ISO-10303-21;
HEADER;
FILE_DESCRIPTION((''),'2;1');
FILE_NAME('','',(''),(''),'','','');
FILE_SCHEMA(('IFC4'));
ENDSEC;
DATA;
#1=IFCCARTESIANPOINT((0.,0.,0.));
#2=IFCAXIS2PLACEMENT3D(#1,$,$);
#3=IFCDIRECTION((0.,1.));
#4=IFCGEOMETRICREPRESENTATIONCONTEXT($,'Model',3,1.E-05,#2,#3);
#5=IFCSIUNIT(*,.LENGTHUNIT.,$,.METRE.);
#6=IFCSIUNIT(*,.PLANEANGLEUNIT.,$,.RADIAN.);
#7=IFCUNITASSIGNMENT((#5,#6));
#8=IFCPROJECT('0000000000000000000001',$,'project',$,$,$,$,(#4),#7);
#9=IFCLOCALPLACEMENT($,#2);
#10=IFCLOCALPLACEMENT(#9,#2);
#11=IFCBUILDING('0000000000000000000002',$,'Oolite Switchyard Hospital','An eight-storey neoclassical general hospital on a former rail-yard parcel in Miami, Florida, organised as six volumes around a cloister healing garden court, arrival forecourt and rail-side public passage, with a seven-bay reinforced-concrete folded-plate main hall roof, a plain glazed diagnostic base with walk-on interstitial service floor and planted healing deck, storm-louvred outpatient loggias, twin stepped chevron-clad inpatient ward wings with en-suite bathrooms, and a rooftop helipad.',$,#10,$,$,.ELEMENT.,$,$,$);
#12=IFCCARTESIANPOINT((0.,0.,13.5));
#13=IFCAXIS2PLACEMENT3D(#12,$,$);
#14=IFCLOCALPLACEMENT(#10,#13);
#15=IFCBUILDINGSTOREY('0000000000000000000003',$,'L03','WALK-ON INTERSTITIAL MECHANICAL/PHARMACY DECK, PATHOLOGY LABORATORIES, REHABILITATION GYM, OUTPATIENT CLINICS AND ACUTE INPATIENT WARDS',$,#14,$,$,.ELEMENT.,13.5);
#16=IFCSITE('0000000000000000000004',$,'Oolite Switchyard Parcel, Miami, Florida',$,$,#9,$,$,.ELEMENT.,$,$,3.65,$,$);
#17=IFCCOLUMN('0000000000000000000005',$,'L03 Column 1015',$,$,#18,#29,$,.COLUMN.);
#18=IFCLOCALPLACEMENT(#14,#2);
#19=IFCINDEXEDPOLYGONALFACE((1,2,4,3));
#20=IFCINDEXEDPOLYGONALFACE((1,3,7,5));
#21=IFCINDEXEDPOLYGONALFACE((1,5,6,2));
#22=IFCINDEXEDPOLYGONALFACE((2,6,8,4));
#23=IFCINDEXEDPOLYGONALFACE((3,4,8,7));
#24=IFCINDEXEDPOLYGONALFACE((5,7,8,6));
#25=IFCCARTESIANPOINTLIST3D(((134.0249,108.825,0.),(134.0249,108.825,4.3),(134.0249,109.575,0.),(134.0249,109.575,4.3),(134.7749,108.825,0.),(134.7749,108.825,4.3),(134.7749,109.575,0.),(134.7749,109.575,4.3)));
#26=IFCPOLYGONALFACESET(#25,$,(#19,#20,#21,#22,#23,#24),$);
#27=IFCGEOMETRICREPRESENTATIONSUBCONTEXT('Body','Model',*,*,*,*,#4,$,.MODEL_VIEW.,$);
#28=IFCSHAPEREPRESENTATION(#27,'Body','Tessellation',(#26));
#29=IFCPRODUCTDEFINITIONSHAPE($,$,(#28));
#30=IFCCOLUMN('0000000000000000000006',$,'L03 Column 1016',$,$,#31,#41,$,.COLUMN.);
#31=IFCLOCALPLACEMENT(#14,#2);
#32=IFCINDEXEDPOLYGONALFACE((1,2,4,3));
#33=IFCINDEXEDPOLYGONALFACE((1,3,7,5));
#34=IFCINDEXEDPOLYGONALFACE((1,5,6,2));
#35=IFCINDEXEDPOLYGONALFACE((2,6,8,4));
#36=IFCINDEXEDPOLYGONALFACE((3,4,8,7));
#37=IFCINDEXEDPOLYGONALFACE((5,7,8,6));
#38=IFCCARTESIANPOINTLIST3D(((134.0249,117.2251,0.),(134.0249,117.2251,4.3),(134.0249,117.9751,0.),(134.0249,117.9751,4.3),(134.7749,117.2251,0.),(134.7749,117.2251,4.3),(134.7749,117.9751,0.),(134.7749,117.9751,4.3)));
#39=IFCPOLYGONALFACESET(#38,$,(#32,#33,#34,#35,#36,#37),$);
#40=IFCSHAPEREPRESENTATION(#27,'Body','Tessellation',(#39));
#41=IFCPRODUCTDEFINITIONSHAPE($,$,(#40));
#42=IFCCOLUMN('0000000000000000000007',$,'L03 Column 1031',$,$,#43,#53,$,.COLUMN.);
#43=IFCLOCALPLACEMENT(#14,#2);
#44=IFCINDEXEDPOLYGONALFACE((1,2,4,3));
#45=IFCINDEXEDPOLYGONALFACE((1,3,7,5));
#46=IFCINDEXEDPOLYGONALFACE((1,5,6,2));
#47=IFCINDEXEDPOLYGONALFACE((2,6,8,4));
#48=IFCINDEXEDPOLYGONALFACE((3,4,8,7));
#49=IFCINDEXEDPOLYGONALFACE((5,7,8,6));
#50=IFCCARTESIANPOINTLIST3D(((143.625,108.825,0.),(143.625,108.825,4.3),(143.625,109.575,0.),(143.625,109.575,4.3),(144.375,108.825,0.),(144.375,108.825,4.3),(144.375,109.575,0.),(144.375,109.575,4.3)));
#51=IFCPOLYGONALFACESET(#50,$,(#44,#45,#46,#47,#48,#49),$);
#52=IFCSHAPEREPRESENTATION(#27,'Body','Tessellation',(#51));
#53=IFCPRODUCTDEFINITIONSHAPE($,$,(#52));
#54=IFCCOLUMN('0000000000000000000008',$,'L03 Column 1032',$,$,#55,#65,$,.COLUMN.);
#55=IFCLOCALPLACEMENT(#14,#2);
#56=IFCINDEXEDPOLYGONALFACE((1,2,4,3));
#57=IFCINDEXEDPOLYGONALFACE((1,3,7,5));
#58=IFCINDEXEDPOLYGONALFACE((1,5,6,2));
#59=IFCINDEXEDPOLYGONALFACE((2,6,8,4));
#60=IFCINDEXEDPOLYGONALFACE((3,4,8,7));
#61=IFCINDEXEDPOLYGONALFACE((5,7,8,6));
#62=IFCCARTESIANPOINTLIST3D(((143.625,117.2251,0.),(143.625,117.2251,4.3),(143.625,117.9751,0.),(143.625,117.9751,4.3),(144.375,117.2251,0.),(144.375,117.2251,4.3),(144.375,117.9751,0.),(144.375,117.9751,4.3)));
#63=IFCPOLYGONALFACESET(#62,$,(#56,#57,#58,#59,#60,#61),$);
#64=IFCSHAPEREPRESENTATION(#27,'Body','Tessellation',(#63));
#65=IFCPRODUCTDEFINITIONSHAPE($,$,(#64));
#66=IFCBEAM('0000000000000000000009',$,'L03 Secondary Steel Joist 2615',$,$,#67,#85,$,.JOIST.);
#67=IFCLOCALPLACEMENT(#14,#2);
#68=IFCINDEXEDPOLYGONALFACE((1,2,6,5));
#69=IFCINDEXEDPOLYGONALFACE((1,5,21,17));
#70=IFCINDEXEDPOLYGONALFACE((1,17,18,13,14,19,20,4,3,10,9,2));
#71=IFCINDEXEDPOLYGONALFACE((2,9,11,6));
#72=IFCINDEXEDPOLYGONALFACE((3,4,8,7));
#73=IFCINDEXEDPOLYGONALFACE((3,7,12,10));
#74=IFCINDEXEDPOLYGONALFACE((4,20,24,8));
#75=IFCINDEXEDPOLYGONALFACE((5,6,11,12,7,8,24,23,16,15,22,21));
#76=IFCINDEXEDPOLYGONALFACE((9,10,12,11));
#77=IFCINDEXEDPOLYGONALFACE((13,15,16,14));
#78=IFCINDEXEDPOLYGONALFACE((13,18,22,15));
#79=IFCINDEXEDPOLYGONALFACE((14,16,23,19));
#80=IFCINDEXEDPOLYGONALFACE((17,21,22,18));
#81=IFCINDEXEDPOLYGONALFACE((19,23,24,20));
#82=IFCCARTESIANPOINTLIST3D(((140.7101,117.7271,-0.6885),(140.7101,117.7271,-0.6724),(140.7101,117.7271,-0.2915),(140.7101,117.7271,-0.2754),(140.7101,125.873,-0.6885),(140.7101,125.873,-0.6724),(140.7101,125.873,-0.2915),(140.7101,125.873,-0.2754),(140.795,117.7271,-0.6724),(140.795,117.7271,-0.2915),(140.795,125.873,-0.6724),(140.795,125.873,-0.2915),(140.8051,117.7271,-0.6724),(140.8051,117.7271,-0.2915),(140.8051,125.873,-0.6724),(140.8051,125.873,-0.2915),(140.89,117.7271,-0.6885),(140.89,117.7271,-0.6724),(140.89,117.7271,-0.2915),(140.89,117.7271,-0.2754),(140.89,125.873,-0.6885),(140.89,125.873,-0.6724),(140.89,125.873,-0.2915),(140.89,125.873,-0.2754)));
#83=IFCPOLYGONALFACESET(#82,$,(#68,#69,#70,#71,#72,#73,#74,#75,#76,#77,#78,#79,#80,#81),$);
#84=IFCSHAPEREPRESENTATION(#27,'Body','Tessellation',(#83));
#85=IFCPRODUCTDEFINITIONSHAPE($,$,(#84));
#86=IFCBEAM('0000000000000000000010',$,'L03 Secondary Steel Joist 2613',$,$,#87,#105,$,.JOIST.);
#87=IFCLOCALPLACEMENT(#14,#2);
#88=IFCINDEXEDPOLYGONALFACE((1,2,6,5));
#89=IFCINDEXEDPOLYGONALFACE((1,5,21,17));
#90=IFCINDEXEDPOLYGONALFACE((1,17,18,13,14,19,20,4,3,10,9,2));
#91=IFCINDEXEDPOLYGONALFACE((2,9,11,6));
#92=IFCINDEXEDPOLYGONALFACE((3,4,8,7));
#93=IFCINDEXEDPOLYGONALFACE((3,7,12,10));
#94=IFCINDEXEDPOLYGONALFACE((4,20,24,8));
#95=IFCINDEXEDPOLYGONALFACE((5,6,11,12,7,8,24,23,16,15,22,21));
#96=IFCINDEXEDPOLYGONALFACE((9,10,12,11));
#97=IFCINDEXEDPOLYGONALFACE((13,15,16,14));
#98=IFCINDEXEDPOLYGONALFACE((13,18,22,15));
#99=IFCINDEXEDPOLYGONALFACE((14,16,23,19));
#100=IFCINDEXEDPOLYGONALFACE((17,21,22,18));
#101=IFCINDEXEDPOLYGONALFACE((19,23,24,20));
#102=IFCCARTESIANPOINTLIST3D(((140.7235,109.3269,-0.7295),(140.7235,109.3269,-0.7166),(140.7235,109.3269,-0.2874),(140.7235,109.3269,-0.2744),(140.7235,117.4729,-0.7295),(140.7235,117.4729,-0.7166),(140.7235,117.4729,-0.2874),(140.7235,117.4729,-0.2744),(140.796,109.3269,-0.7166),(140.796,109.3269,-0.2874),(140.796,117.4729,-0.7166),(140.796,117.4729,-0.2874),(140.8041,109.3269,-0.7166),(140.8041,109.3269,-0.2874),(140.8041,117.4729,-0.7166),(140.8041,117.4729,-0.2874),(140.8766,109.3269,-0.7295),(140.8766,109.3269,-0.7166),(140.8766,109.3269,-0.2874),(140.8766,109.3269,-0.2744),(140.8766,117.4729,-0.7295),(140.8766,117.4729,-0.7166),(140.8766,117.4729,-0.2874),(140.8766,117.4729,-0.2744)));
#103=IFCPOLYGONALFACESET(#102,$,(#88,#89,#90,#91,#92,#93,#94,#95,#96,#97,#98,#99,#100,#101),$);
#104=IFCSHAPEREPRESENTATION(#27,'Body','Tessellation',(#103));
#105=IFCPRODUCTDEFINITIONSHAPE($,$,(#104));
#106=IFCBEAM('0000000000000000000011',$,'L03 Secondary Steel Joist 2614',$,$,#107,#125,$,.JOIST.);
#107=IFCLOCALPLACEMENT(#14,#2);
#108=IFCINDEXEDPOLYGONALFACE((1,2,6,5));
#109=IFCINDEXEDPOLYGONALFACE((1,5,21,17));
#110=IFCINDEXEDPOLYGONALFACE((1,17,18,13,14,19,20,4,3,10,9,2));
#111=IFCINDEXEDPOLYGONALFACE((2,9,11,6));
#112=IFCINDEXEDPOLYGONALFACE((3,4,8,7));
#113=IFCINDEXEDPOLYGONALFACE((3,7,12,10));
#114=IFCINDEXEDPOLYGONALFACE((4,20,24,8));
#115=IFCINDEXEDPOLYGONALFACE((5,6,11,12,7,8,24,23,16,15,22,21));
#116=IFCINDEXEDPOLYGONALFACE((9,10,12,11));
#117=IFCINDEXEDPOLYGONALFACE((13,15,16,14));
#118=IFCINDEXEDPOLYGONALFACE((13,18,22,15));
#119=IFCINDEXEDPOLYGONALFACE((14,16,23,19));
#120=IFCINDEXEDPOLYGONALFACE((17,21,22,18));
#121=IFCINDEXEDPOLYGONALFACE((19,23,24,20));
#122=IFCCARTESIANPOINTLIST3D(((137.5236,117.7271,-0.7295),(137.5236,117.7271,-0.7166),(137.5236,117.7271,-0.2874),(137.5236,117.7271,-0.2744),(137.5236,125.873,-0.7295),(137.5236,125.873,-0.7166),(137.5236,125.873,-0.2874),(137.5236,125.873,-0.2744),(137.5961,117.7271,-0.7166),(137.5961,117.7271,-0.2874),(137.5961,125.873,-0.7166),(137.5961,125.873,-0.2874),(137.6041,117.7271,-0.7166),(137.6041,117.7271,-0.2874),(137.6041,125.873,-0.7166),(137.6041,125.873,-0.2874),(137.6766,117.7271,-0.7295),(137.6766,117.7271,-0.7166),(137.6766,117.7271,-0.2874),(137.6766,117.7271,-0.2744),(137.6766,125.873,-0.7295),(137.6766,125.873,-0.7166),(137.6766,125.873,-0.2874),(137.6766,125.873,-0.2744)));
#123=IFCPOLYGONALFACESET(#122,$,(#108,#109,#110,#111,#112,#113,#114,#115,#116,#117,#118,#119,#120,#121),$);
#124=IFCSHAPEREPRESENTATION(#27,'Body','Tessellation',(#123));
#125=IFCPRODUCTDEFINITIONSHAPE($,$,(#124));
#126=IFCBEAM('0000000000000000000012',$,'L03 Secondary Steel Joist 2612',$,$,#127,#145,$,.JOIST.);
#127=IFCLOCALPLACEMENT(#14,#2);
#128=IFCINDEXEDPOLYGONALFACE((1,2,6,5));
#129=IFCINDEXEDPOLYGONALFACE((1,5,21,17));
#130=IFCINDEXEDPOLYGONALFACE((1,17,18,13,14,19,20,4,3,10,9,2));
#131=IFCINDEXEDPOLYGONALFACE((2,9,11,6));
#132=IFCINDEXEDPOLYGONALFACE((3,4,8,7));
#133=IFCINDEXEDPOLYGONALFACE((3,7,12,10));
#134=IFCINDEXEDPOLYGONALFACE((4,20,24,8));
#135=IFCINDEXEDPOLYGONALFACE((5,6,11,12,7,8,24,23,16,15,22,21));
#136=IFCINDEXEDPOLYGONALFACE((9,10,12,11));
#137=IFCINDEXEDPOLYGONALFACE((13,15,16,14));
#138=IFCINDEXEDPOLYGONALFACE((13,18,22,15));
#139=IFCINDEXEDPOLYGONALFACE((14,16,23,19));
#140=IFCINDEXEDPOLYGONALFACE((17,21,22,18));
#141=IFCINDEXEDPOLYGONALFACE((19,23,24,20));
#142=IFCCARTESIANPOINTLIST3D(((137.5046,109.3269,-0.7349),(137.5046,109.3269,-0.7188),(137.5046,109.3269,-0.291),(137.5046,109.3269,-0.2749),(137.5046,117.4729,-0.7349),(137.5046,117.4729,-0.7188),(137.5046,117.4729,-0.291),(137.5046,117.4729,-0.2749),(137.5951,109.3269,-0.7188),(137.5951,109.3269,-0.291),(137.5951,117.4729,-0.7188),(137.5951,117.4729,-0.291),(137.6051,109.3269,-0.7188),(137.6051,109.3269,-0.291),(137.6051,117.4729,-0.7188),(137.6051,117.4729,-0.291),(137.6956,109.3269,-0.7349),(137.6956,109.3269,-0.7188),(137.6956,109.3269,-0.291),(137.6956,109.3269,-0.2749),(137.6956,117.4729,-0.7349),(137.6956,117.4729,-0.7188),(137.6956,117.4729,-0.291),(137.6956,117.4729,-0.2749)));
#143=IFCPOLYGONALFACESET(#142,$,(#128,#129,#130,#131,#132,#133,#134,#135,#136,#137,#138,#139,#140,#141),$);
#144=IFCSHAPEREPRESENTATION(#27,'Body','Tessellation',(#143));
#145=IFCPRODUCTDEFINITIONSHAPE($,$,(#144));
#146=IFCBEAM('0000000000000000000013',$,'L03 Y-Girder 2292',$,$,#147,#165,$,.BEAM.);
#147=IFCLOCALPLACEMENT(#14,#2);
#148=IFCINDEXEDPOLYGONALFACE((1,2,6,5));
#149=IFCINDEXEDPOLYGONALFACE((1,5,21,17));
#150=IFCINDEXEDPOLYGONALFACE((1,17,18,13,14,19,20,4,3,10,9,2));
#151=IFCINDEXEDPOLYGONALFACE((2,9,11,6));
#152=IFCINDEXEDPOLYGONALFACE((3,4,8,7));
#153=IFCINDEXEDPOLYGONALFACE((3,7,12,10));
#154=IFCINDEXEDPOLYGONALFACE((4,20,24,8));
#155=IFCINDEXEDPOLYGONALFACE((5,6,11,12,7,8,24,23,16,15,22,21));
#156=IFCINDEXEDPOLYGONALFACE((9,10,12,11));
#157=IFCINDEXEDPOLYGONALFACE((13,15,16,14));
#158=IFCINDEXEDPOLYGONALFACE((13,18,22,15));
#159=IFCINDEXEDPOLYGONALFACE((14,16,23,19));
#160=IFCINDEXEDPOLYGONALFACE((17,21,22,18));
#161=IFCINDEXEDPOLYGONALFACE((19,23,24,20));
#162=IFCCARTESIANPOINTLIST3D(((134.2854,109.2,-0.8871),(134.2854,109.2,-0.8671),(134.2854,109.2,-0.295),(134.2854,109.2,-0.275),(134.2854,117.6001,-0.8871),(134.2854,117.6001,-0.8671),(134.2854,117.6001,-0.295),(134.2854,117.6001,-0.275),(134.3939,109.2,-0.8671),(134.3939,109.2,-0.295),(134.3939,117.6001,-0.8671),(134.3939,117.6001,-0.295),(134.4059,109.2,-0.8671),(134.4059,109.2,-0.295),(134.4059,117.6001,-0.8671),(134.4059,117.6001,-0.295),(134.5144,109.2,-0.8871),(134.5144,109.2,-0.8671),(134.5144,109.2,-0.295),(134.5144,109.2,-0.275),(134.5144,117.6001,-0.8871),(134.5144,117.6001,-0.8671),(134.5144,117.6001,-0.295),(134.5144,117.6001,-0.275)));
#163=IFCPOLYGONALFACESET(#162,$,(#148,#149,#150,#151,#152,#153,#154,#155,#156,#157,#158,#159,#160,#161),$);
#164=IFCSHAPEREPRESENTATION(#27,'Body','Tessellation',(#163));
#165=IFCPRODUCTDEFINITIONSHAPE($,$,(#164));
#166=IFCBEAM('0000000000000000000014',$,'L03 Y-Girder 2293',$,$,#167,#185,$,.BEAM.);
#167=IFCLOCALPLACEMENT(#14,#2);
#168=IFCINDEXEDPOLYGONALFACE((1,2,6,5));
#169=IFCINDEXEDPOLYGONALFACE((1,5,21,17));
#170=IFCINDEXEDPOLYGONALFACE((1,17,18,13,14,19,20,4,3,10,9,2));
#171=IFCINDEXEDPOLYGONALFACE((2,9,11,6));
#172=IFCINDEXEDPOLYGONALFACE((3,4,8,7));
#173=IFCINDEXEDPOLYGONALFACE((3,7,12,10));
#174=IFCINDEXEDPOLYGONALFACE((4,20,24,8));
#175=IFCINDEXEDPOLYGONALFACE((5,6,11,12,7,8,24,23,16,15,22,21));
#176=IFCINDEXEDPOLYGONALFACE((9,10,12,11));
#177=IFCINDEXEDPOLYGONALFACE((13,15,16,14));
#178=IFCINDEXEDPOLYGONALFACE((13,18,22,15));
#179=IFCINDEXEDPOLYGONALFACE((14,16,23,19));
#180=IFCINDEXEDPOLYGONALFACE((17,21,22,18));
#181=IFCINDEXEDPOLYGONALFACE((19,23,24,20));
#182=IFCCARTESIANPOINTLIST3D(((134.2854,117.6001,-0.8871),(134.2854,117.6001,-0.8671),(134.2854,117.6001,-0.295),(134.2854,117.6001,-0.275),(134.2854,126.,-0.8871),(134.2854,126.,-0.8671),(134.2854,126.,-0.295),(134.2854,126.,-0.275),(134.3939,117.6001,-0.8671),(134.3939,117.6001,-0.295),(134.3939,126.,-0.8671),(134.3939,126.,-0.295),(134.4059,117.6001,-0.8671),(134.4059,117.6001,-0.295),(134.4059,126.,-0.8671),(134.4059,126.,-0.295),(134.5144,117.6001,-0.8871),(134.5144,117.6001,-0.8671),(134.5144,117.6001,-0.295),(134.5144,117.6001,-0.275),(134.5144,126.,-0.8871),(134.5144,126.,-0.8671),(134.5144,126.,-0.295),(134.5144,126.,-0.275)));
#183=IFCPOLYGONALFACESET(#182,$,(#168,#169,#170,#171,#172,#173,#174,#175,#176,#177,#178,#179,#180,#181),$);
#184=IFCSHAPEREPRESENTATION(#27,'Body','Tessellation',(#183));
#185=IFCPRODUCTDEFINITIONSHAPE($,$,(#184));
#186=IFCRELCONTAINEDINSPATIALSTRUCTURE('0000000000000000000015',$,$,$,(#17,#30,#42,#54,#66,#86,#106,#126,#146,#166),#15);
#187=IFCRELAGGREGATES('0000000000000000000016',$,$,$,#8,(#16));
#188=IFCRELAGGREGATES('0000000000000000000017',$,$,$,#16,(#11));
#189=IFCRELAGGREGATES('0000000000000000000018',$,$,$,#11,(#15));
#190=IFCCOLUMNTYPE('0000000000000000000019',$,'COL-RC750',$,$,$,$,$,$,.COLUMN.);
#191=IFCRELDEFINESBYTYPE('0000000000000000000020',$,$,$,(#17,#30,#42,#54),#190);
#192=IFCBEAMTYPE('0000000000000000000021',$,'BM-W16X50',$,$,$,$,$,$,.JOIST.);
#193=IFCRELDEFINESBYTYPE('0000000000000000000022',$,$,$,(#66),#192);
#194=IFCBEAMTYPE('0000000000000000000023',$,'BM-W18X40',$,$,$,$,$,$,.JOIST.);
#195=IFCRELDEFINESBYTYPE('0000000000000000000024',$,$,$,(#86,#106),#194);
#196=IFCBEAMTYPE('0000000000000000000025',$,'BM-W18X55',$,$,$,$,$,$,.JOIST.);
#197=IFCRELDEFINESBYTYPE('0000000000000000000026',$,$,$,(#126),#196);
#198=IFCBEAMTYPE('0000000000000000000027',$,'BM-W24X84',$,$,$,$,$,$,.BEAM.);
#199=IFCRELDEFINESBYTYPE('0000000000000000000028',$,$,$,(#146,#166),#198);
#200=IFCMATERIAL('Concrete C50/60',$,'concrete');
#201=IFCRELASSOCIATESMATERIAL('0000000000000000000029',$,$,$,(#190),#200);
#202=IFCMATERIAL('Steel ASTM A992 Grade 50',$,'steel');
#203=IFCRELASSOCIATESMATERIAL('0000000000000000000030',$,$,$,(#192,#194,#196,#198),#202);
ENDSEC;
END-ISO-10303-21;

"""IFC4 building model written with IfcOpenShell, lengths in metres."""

from ifc_helpers import new_model, si_unit, direction, frame, origin, origin_2d, place, context, subcontext, project, spatial, rectangle, i_section, extrude, material, material_profile, profile_set, type_object, element, save


model = new_model("IFC4")

# Units and contexts
model_context = context("Model", 3, precision=1e-05, world=origin(), true_north=direction((0.0, 1.0)))
body_context = subcontext(model_context, "Body", "Model", "MODEL_VIEW")
ifc_project = project(units=[si_unit("LENGTHUNIT", "METRE"), si_unit("PLANEANGLEUNIT", "RADIAN")], contexts=[model_context])

# Site, building, storey
site_placement = place(None, origin())
site = spatial("IfcSite", under=ifc_project, at=site_placement, Name="Oolite Switchyard Parcel, Miami, Florida", CompositionType="ELEMENT", RefElevation=3.65)
building_placement = place(site_placement, origin())
building = spatial("IfcBuilding", under=site, at=building_placement, Name="Oolite Switchyard Hospital", Description="An eight-storey neoclassical general hospital on a former rail-yard parcel in Miami, Florida, organised as six volumes around a cloister healing garden court, arrival forecourt and rail-side public passage, with a seven-bay reinforced-concrete folded-plate main hall roof, a plain glazed diagnostic base with walk-on interstitial service floor and planted healing deck, storm-louvred outpatient loggias, twin stepped chevron-clad inpatient ward wings with en-suite bathrooms, and a rooftop helipad.", CompositionType="ELEMENT")
storey_placement = place(building_placement, frame((0.0, 0.0, 13.5)))
storey = spatial("IfcBuildingStorey", under=building, at=storey_placement, Name="L03", Description="WALK-ON INTERSTITIAL MECHANICAL/PHARMACY DECK, PATHOLOGY LABORATORIES, REHABILITATION GYM, OUTPATIENT CLINICS AND ACUTE INPATIENT WARDS", CompositionType="ELEMENT", Elevation=13.5)

# Columns
ifc_material_1 = material(Name="Concrete C50/60", Category="concrete")
ifc_material_profile_1 = material_profile(ifc_material_1, rectangle(XDim=0.75, YDim=0.75, at=origin_2d()), Name="RC750X750")
ifc_profile_set_1 = profile_set([ifc_material_profile_1], Name="Concrete C50/60")
column_type = type_object("IfcColumnType", Name="COL-RC750", PredefinedType="COLUMN", material=ifc_profile_set_1)
for number, where, z_axis, x_axis, name in (
    (1, (134.3999, 109.2, 0.0), (0.0, 0.0, 1.0), (1.0, 0.0, 0.0), "L03 Column 1015"),
    (2, (134.3999, 117.6001, 0.0), (0.0, 0.0, 1.0), (1.0, 0.0, 0.0), "L03 Column 1016"),
    (3, (144.0, 109.2, 0.0), (0.0, 0.0, 1.0), (1.0, 0.0, 0.0), "L03 Column 1031"),
    (4, (144.0, 117.6001, 0.0), (0.0, 0.0, 1.0), (1.0, 0.0, 0.0), "L03 Column 1032"),
):
    element("IfcColumn", number, at=place(storey_placement, frame(where, z_axis=z_axis, x_axis=x_axis)), inside=storey, type_object=column_type, Name=name, PredefinedType="COLUMN", context=body_context, shape_type="SweptSolid", body=[
        extrude(rectangle(XDim=0.75, YDim=0.75, at=origin_2d()), origin(), (0.0, 0.0, 1.0), 4.3),
    ])

# Beams
ifc_material_2 = material(Name="Steel ASTM A992 Grade 50", Category="steel")
ifc_material_profile_2 = material_profile(ifc_material_2, i_section(OverallWidth=0.1799, OverallDepth=0.4131, WebThickness=0.01, FlangeThickness=0.0161, at=origin_2d()), Name="W16X50")
ifc_profile_set_2 = profile_set([ifc_material_profile_2], Name="Steel ASTM A992 Grade 50")
beam_type_1 = type_object("IfcBeamType", Name="BM-W16X50", PredefinedType="JOIST", material=ifc_profile_set_2)
beam_1_placement = place(storey_placement, frame((140.8, 117.7271, -0.4819), z_axis=(0.0, 1.0, 0.0), x_axis=(-1.0, 0.0, 0.0)))
element("IfcBeam", 5, at=beam_1_placement, inside=storey, type_object=beam_type_1, Name="L03 Secondary Steel Joist 2615", PredefinedType="JOIST", context=body_context, shape_type="SweptSolid", body=[
    extrude(i_section(OverallWidth=0.1799, OverallDepth=0.4131, WebThickness=0.01, FlangeThickness=0.0161, at=origin_2d()), origin(), (0.0, 0.0, 1.0), 8.146),
])
ifc_material_profile_3 = material_profile(ifc_material_2, i_section(OverallWidth=0.1531, OverallDepth=0.4551, WebThickness=0.0081, FlangeThickness=0.0129, at=origin_2d()), Name="W18X40")
ifc_profile_set_3 = profile_set([ifc_material_profile_3], Name="Steel ASTM A992 Grade 50")
beam_type_2 = type_object("IfcBeamType", Name="BM-W18X40", PredefinedType="JOIST", material=ifc_profile_set_3)
for number, where, z_axis, x_axis, name in (
    (6, (140.8, 109.3269, -0.502), (0.0, 1.0, 0.0), (-1.0, 0.0, 0.0), "L03 Secondary Steel Joist 2613"),
    (7, (137.6001, 117.7271, -0.502), (0.0, 1.0, 0.0), (-1.0, 0.0, 0.0), "L03 Secondary Steel Joist 2614"),
):
    element("IfcBeam", number, at=place(storey_placement, frame(where, z_axis=z_axis, x_axis=x_axis)), inside=storey, type_object=beam_type_2, Name=name, PredefinedType="JOIST", context=body_context, shape_type="SweptSolid", body=[
        extrude(i_section(OverallWidth=0.1531, OverallDepth=0.4551, WebThickness=0.0081, FlangeThickness=0.0129, at=origin_2d()), origin(), (0.0, 0.0, 1.0), 8.146),
    ])
ifc_material_profile_4 = material_profile(ifc_material_2, i_section(OverallWidth=0.1909, OverallDepth=0.46, WebThickness=0.01, FlangeThickness=0.0161, at=origin_2d()), Name="W18X55")
ifc_profile_set_4 = profile_set([ifc_material_profile_4], Name="Steel ASTM A992 Grade 50")
beam_type_3 = type_object("IfcBeamType", Name="BM-W18X55", PredefinedType="JOIST", material=ifc_profile_set_4)
beam_2_placement = place(storey_placement, frame((137.6001, 109.3269, -0.5049), z_axis=(0.0, 1.0, 0.0), x_axis=(-1.0, 0.0, 0.0)))
element("IfcBeam", 8, at=beam_2_placement, inside=storey, type_object=beam_type_3, Name="L03 Secondary Steel Joist 2612", PredefinedType="JOIST", context=body_context, shape_type="SweptSolid", body=[
    extrude(i_section(OverallWidth=0.1909, OverallDepth=0.46, WebThickness=0.01, FlangeThickness=0.0161, at=origin_2d()), origin(), (0.0, 0.0, 1.0), 8.146),
])
ifc_material_profile_5 = material_profile(ifc_material_2, i_section(OverallWidth=0.229, OverallDepth=0.6121, WebThickness=0.012, FlangeThickness=0.02, at=origin_2d()), Name="W24X84")
ifc_profile_set_5 = profile_set([ifc_material_profile_5], Name="Steel ASTM A992 Grade 50")
beam_type_4 = type_object("IfcBeamType", Name="BM-W24X84", PredefinedType="BEAM", material=ifc_profile_set_5)
beam_3_placement = place(storey_placement, frame((134.3999, 109.2, -0.5811), z_axis=(0.0, 1.0, 0.0), x_axis=(-1.0, 0.0, 0.0)))
element("IfcBeam", 9, at=beam_3_placement, inside=storey, type_object=beam_type_4, Name="L03 Y-Girder 2292", PredefinedType="BEAM", context=body_context, shape_type="SweptSolid", body=[
    extrude(i_section(OverallWidth=0.229, OverallDepth=0.6121, WebThickness=0.012, FlangeThickness=0.02, at=origin_2d()), origin(), (0.0, 0.0, 1.0), 8.4001),
])
beam_4_placement = place(storey_placement, frame((134.3999, 117.6001, -0.5811), z_axis=(0.0, 1.0, 0.0), x_axis=(-1.0, 0.0, 0.0)))
element("IfcBeam", 10, at=beam_4_placement, inside=storey, type_object=beam_type_4, Name="L03 Y-Girder 2293", PredefinedType="BEAM", context=body_context, shape_type="SweptSolid", body=[
    extrude(i_section(OverallWidth=0.229, OverallDepth=0.6121, WebThickness=0.012, FlangeThickness=0.02, at=origin_2d()), origin(), (0.0, 0.0, 1.0), 8.3999),
])

save(model, "model.ifc")
